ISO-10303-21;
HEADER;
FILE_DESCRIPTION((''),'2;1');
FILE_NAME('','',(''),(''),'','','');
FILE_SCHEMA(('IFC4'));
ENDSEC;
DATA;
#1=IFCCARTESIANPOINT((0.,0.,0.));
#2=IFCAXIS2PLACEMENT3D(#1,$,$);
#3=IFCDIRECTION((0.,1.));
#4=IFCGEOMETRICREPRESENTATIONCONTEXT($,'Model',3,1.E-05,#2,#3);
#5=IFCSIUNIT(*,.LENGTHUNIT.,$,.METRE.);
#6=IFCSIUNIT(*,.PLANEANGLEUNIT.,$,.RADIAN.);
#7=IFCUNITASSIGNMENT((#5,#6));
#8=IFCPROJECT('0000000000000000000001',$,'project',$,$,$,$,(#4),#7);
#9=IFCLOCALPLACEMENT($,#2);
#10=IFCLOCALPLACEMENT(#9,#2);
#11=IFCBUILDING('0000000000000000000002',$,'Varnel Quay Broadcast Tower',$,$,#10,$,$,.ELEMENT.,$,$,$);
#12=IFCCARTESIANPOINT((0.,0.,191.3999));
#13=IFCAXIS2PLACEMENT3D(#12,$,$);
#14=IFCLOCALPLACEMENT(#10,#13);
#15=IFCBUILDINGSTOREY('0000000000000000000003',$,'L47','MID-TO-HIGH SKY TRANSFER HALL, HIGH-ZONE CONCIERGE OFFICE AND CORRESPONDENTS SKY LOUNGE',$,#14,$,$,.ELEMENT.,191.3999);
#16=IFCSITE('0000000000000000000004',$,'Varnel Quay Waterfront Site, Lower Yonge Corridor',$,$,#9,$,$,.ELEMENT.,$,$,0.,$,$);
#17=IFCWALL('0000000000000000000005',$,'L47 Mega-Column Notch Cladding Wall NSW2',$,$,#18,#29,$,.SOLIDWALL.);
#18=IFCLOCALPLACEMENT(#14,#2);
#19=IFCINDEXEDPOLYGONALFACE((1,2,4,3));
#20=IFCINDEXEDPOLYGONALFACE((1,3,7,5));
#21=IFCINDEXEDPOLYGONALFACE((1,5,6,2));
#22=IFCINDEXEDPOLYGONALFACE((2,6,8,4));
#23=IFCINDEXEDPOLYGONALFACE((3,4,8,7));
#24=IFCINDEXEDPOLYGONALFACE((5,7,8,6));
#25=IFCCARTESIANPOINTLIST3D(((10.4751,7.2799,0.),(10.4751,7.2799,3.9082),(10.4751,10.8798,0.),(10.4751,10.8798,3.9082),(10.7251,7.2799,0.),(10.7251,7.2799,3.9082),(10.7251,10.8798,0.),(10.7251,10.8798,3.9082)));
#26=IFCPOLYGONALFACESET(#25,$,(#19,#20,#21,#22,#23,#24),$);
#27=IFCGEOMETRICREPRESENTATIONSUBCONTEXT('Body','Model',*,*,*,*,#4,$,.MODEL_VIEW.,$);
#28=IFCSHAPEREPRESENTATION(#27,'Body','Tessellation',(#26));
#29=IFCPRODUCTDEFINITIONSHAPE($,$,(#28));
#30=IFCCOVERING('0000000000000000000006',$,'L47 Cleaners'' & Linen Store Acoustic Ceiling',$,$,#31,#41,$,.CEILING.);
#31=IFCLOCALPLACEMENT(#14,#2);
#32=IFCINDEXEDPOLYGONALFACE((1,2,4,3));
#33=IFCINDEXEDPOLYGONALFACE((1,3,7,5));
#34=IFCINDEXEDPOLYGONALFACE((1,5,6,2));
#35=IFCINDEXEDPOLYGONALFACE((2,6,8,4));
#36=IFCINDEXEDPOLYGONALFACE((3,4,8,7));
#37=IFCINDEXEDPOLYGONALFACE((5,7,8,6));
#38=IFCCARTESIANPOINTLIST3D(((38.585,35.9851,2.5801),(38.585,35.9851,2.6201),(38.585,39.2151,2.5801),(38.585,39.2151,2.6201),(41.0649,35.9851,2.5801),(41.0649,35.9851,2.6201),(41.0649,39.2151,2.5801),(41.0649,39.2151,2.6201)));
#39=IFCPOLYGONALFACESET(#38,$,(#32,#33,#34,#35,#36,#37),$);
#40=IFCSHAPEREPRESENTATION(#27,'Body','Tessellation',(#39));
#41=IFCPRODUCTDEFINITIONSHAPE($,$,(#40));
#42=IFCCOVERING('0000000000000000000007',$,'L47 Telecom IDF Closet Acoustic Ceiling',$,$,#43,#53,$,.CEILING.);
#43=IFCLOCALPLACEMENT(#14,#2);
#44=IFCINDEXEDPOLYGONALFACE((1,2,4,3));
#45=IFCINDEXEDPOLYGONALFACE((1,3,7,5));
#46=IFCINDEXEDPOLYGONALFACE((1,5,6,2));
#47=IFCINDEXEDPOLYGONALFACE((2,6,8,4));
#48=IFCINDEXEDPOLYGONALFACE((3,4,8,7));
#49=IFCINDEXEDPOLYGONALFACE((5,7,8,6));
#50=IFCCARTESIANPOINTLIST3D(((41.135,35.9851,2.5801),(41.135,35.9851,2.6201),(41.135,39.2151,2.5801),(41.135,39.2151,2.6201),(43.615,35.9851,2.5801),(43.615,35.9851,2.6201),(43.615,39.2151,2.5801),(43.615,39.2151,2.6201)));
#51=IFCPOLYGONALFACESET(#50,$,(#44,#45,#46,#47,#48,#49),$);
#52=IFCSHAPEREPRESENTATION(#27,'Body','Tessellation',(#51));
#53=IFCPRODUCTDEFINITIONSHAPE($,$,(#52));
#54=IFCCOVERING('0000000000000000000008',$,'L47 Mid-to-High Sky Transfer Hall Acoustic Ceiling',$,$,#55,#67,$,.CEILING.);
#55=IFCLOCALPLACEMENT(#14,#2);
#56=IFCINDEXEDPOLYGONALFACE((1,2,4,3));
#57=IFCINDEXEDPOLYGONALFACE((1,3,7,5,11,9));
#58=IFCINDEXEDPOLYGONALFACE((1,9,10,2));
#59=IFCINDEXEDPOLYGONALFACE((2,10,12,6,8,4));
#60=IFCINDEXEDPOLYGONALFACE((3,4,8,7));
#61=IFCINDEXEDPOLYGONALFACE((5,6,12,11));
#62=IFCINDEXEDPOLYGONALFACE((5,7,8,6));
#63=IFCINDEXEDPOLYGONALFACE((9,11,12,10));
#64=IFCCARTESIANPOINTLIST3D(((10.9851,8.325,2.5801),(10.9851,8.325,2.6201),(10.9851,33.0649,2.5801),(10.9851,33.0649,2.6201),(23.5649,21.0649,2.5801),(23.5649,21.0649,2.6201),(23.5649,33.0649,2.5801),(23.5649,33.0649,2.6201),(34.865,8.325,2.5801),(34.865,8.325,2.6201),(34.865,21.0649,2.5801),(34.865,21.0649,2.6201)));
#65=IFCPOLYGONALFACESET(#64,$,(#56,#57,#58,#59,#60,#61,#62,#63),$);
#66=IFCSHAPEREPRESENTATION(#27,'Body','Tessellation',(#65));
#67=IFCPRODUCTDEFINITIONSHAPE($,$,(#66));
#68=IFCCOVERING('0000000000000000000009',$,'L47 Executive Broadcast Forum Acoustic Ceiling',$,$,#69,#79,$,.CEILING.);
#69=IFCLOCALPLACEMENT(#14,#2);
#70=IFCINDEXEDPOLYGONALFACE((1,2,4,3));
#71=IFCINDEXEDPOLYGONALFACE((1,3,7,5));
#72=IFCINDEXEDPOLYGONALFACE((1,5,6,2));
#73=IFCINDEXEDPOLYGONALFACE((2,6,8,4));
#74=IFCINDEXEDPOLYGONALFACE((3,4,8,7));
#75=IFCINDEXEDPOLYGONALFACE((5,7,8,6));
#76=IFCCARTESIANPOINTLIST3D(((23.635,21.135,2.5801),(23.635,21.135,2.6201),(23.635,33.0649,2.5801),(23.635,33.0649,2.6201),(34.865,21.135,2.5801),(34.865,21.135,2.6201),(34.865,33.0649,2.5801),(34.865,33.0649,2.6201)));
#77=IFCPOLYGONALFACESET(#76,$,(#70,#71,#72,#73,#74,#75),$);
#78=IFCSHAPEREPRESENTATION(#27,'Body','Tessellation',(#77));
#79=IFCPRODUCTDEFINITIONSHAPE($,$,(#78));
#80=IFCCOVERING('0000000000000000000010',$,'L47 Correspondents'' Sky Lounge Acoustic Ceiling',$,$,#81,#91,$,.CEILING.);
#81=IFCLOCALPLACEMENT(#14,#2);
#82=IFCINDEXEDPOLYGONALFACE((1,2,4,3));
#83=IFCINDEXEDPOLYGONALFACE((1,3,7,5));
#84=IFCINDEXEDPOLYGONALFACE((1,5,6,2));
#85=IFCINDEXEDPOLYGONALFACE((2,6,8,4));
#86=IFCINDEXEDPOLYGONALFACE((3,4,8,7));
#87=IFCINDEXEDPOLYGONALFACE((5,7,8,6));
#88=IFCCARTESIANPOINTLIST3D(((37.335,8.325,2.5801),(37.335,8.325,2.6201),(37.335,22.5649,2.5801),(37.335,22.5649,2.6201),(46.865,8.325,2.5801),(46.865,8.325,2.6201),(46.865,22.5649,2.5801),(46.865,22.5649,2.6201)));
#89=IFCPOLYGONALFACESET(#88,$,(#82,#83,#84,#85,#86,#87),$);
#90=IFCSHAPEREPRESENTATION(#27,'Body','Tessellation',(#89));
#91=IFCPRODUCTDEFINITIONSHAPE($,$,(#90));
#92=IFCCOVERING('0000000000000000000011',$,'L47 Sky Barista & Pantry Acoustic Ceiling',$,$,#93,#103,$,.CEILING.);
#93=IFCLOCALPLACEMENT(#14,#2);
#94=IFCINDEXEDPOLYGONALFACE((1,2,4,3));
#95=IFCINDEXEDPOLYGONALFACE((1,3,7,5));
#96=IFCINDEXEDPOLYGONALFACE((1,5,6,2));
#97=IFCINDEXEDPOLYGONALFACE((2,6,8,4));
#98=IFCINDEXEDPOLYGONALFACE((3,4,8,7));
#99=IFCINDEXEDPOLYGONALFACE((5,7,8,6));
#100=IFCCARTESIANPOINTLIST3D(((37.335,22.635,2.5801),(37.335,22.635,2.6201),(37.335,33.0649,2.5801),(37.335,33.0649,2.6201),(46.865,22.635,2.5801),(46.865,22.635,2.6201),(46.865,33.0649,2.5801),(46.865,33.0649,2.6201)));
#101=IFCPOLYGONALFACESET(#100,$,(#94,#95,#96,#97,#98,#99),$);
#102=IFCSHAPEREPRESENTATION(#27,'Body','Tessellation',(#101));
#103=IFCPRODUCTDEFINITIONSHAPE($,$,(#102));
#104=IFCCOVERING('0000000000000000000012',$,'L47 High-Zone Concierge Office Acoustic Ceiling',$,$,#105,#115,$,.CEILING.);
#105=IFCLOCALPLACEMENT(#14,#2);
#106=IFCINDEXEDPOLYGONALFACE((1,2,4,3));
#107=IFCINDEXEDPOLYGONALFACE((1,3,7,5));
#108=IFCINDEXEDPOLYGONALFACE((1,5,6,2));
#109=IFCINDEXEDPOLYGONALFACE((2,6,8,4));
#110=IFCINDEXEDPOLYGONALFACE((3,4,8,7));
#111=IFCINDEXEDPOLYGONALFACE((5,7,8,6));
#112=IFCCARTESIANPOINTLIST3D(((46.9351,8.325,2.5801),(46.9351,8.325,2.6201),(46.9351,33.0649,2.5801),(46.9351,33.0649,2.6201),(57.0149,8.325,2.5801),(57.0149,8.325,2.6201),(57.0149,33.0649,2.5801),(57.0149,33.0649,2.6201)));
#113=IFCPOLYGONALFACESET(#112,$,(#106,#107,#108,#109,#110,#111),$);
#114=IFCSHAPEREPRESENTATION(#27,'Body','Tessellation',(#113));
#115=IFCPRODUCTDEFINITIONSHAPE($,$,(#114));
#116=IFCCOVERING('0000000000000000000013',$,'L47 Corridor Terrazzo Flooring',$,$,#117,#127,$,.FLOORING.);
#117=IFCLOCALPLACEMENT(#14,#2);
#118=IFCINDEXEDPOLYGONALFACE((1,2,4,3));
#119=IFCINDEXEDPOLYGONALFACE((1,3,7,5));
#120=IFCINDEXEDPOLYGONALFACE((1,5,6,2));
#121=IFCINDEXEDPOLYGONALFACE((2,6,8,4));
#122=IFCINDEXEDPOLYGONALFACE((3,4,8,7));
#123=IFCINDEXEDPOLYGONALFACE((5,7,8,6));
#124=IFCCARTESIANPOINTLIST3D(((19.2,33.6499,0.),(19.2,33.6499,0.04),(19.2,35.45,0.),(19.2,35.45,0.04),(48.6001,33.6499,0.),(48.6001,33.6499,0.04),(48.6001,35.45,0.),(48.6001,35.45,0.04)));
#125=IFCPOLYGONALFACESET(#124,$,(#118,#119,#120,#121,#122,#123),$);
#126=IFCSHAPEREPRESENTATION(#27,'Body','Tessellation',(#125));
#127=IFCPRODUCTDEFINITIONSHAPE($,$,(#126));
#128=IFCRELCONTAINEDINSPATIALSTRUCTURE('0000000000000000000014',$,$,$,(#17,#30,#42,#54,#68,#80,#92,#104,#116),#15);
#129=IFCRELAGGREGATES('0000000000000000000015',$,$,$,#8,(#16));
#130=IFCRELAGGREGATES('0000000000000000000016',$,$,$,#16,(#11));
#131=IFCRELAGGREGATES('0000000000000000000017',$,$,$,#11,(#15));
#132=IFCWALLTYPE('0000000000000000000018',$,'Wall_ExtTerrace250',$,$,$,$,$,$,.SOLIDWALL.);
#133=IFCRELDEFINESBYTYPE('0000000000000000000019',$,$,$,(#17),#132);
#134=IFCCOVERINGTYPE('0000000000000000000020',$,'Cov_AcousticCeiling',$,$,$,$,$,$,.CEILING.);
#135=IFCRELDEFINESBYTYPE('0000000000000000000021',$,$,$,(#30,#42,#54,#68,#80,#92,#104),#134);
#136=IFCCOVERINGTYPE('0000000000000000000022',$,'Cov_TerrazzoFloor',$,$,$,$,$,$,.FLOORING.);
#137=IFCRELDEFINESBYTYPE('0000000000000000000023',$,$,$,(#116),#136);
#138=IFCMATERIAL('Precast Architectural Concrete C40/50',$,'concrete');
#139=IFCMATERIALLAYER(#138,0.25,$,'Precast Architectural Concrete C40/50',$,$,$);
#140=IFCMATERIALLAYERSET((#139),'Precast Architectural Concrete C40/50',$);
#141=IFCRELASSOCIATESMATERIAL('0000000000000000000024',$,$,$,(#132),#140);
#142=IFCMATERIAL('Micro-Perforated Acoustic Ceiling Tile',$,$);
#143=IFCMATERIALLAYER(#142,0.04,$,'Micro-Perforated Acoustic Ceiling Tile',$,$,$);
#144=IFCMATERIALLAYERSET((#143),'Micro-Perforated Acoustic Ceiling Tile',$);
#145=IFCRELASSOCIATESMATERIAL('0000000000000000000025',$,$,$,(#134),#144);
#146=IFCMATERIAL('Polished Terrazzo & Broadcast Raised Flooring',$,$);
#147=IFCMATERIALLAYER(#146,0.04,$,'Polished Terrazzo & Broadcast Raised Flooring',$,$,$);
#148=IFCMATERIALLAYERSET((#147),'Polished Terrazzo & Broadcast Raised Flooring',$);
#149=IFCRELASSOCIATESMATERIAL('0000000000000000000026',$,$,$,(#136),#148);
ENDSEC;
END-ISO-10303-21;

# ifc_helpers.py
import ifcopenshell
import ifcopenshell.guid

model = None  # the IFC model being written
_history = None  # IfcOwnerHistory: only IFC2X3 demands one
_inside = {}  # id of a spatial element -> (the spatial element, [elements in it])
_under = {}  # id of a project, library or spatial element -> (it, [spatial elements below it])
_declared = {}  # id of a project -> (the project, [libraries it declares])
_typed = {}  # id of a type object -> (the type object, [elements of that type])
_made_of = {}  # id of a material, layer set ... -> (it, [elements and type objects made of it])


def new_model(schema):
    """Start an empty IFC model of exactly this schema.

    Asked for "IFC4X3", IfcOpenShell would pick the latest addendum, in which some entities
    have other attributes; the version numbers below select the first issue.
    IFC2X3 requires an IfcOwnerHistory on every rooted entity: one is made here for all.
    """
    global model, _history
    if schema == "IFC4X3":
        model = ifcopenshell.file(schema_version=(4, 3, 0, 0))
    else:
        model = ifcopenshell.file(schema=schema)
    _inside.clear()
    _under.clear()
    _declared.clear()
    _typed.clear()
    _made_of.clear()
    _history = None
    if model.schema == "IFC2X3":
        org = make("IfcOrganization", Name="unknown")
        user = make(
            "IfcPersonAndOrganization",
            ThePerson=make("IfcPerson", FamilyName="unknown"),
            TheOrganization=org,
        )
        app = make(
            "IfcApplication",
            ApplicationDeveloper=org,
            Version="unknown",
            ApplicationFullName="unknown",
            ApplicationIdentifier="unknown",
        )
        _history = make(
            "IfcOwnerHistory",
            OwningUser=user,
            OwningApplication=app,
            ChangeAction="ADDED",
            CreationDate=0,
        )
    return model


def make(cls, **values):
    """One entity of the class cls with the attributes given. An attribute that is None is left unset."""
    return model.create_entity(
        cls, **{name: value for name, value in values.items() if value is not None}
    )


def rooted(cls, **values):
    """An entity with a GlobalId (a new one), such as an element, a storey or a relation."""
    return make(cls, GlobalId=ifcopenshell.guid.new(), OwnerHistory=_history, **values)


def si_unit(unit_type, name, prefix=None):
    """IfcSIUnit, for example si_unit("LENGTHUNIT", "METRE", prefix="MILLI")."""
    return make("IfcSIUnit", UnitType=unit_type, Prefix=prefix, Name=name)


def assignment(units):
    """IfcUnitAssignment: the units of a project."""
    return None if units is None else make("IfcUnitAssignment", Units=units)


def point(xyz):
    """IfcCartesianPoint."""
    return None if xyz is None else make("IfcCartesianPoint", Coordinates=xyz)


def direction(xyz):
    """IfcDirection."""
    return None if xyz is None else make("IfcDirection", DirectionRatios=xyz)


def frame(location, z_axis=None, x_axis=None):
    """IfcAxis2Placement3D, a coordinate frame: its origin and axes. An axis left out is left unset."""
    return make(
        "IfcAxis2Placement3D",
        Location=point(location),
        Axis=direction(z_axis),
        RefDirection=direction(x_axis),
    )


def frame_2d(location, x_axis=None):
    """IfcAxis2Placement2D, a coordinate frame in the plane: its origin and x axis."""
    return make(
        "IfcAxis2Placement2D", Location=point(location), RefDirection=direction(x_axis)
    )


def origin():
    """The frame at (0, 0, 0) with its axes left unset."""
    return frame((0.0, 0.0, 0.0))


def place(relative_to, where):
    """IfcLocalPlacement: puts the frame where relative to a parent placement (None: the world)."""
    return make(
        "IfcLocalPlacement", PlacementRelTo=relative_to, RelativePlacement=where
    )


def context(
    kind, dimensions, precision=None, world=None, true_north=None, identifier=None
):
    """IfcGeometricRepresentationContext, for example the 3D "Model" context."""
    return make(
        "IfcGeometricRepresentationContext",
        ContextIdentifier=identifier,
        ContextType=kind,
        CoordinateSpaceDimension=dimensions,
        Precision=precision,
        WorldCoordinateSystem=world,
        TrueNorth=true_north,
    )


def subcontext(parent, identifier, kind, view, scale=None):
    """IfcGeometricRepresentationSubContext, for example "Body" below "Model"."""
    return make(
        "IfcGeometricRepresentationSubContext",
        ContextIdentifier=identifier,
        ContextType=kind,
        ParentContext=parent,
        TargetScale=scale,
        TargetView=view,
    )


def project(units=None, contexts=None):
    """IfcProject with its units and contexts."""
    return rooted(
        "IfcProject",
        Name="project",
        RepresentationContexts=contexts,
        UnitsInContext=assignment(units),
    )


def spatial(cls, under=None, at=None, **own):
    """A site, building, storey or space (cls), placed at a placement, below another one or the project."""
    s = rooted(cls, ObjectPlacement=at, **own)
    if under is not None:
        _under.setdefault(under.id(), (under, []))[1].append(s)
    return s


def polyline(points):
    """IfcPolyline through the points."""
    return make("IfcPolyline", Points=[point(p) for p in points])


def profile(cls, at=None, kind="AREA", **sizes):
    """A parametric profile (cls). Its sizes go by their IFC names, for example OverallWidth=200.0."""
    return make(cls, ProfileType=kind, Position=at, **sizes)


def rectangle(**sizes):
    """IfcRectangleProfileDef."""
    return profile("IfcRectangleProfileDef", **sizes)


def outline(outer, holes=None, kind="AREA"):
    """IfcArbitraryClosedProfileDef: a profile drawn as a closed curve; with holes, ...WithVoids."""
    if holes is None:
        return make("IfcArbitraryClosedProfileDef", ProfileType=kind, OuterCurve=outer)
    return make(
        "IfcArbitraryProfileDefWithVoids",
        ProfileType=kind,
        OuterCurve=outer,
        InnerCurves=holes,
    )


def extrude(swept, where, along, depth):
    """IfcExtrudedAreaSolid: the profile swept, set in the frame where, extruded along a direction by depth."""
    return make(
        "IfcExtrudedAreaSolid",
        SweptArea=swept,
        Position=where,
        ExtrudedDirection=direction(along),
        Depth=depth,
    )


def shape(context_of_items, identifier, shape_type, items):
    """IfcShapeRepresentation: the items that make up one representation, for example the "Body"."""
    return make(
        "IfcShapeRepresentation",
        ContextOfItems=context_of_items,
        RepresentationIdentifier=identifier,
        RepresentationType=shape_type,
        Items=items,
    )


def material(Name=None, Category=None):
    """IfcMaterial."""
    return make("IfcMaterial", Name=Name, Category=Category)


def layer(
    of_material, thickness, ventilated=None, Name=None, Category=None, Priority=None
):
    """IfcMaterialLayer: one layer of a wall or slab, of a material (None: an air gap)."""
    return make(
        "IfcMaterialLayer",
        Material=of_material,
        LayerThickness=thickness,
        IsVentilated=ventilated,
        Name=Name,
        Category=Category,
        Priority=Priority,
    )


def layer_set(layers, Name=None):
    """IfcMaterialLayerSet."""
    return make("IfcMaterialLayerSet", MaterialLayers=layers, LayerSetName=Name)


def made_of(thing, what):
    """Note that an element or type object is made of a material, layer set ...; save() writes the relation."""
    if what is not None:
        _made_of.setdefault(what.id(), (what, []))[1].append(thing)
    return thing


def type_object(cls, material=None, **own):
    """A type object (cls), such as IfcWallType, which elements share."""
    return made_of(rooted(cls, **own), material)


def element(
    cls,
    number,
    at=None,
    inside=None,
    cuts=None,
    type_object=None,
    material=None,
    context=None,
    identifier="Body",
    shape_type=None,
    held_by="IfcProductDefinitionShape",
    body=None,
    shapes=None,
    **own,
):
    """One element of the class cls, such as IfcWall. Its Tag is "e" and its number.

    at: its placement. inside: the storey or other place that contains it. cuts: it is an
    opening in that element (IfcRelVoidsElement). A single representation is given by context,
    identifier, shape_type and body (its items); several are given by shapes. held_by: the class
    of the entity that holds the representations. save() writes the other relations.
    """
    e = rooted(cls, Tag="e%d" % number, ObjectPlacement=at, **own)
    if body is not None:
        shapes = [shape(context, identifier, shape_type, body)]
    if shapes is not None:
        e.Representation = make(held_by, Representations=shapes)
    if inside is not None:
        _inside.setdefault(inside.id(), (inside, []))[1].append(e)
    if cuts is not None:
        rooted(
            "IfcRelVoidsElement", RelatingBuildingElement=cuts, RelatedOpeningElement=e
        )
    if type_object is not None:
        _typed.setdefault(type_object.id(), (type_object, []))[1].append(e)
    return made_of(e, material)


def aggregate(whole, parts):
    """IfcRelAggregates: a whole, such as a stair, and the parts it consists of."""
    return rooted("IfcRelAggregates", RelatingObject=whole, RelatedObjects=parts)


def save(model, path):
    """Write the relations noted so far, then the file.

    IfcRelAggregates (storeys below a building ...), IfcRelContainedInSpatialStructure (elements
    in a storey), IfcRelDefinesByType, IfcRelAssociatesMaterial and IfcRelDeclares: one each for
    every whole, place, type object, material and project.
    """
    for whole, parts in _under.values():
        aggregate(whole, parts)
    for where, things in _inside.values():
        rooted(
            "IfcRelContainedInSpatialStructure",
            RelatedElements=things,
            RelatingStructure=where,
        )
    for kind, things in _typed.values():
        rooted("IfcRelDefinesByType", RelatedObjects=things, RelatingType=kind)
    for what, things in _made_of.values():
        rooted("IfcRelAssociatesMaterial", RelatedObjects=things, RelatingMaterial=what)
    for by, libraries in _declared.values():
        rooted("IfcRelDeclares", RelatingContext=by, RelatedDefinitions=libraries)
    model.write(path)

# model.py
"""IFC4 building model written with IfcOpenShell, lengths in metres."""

from ifc_helpers import new_model, si_unit, direction, frame, frame_2d, origin, place, context, subcontext, project, spatial, polyline, rectangle, outline, extrude, material, layer, layer_set, type_object, element, save


model = new_model("IFC4")

# Units and contexts
model_context = context("Model", 3, precision=1e-05, world=origin(), true_north=direction((0.0, 1.0)))
body_context = subcontext(model_context, "Body", "Model", "MODEL_VIEW")
ifc_project = project(units=[si_unit("LENGTHUNIT", "METRE"), si_unit("PLANEANGLEUNIT", "RADIAN")], contexts=[model_context])

# Site, building, storey
site_placement = place(None, origin())
site = spatial("IfcSite", under=ifc_project, at=site_placement, Name="Varnel Quay Waterfront Site, Lower Yonge Corridor", CompositionType="ELEMENT", RefElevation=0.0)
building_placement = place(site_placement, origin())
building = spatial("IfcBuilding", under=site, at=building_placement, Name="Varnel Quay Broadcast Tower", CompositionType="ELEMENT")
storey_placement = place(building_placement, frame((0.0, 0.0, 191.3999)))
storey = spatial("IfcBuildingStorey", under=building, at=storey_placement, Name="L47", Description="MID-TO-HIGH SKY TRANSFER HALL, HIGH-ZONE CONCIERGE OFFICE AND CORRESPONDENTS SKY LOUNGE", CompositionType="ELEMENT", Elevation=191.3999)

# Wall
ifc_material_1 = material(Name="Precast Architectural Concrete C40/50", Category="concrete")
ifc_layer_1 = layer(ifc_material_1, 0.25, Name="Precast Architectural Concrete C40/50")
ifc_layer_set_1 = layer_set([ifc_layer_1], Name="Precast Architectural Concrete C40/50")
wall_type = type_object("IfcWallType", Name="Wall_ExtTerrace250", PredefinedType="SOLIDWALL", material=ifc_layer_set_1)
wall_placement = place(storey_placement, frame((10.6001, 7.28, 0.0), z_axis=(0.0, 0.0, 1.0), x_axis=(0.0, 1.0, 0.0)))
element("IfcWall", 1, at=wall_placement, inside=storey, type_object=wall_type, Name="L47 Mega-Column Notch Cladding Wall NSW2", PredefinedType="SOLIDWALL", context=body_context, shape_type="SweptSolid", body=[
    extrude(rectangle(XDim=3.5999, YDim=0.25, at=frame_2d((1.7998, 0.0))), origin(), (0.0, 0.0, 1.0), 3.9082),
])

# Coverings
ifc_material_2 = material(Name="Micro-Perforated Acoustic Ceiling Tile")
ifc_layer_2 = layer(ifc_material_2, 0.04, Name="Micro-Perforated Acoustic Ceiling Tile")
ifc_layer_set_2 = layer_set([ifc_layer_2], Name="Micro-Perforated Acoustic Ceiling Tile")
covering_type_1 = type_object("IfcCoveringType", Name="Cov_AcousticCeiling", PredefinedType="CEILING", material=ifc_layer_set_2)
covering_1_placement = place(storey_placement, frame((0.0, 0.0, 2.5801)))
element("IfcCovering", 2, at=covering_1_placement, inside=storey, type_object=covering_type_1, Name="L47 Cleaners' & Linen Store Acoustic Ceiling", PredefinedType="CEILING", context=body_context, shape_type="SweptSolid", body=[
    extrude(outline(polyline([(38.585, 35.9851), (41.0649, 35.9851), (41.0649, 39.2151), (38.585, 39.2151), (38.585, 35.9851)])), origin(), (0.0, 0.0, 1.0), 0.04),
])
covering_2_placement = place(storey_placement, frame((0.0, 0.0, 2.5801)))
element("IfcCovering", 3, at=covering_2_placement, inside=storey, type_object=covering_type_1, Name="L47 Telecom IDF Closet Acoustic Ceiling", PredefinedType="CEILING", context=body_context, shape_type="SweptSolid", body=[
    extrude(outline(polyline([(41.135, 35.9851), (43.615, 35.9851), (43.615, 39.2151), (41.135, 39.2151), (41.135, 35.9851)])), origin(), (0.0, 0.0, 1.0), 0.04),
])
covering_3_placement = place(storey_placement, frame((0.0, 0.0, 2.5801)))
element("IfcCovering", 4, at=covering_3_placement, inside=storey, type_object=covering_type_1, Name="L47 Mid-to-High Sky Transfer Hall Acoustic Ceiling", PredefinedType="CEILING", context=body_context, shape_type="SweptSolid", body=[
    extrude(outline(polyline([(10.9851, 8.325), (34.865, 8.325), (34.865, 21.0649), (23.5649, 21.0649), (23.5649, 33.0649), (10.9851, 33.0649), (10.9851, 8.325)])), origin(), (0.0, 0.0, 1.0), 0.04),
])
covering_4_placement = place(storey_placement, frame((0.0, 0.0, 2.5801)))
element("IfcCovering", 5, at=covering_4_placement, inside=storey, type_object=covering_type_1, Name="L47 Executive Broadcast Forum Acoustic Ceiling", PredefinedType="CEILING", context=body_context, shape_type="SweptSolid", body=[
    extrude(outline(polyline([(23.635, 21.135), (34.865, 21.135), (34.865, 33.0649), (23.635, 33.0649), (23.635, 21.135)])), origin(), (0.0, 0.0, 1.0), 0.04),
])
covering_5_placement = place(storey_placement, frame((0.0, 0.0, 2.5801)))
element("IfcCovering", 6, at=covering_5_placement, inside=storey, type_object=covering_type_1, Name="L47 Correspondents' Sky Lounge Acoustic Ceiling", PredefinedType="CEILING", context=body_context, shape_type="SweptSolid", body=[
    extrude(outline(polyline([(37.335, 8.325), (46.865, 8.325), (46.865, 22.5649), (37.335, 22.5649), (37.335, 8.325)])), origin(), (0.0, 0.0, 1.0), 0.04),
])
covering_6_placement = place(storey_placement, frame((0.0, 0.0, 2.5801)))
element("IfcCovering", 7, at=covering_6_placement, inside=storey, type_object=covering_type_1, Name="L47 Sky Barista & Pantry Acoustic Ceiling", PredefinedType="CEILING", context=body_context, shape_type="SweptSolid", body=[
    extrude(outline(polyline([(37.335, 22.635), (46.865, 22.635), (46.865, 33.0649), (37.335, 33.0649), (37.335, 22.635)])), origin(), (0.0, 0.0, 1.0), 0.04),
])
covering_7_placement = place(storey_placement, frame((0.0, 0.0, 2.5801)))
element("IfcCovering", 8, at=covering_7_placement, inside=storey, type_object=covering_type_1, Name="L47 High-Zone Concierge Office Acoustic Ceiling", PredefinedType="CEILING", context=body_context, shape_type="SweptSolid", body=[
    extrude(outline(polyline([(46.9351, 8.325), (57.0149, 8.325), (57.0149, 33.0649), (46.9351, 33.0649), (46.9351, 8.325)])), origin(), (0.0, 0.0, 1.0), 0.04),
])
ifc_material_3 = material(Name="Polished Terrazzo & Broadcast Raised Flooring")
ifc_layer_3 = layer(ifc_material_3, 0.04, Name="Polished Terrazzo & Broadcast Raised Flooring")
ifc_layer_set_3 = layer_set([ifc_layer_3], Name="Polished Terrazzo & Broadcast Raised Flooring")
covering_type_2 = type_object("IfcCoveringType", Name="Cov_TerrazzoFloor", PredefinedType="FLOORING", material=ifc_layer_set_3)
covering_8_placement = place(storey_placement, origin())
element("IfcCovering", 9, at=covering_8_placement, inside=storey, type_object=covering_type_2, Name="L47 Corridor Terrazzo Flooring", PredefinedType="FLOORING", context=body_context, shape_type="SweptSolid", body=[
    extrude(outline(polyline([(19.2, 33.6499), (48.6001, 33.6499), (48.6001, 35.45), (19.2, 35.45), (19.2, 33.6499)])), origin(), (0.0, 0.0, 1.0), 0.04),
])

save(model, "model.ifc")
